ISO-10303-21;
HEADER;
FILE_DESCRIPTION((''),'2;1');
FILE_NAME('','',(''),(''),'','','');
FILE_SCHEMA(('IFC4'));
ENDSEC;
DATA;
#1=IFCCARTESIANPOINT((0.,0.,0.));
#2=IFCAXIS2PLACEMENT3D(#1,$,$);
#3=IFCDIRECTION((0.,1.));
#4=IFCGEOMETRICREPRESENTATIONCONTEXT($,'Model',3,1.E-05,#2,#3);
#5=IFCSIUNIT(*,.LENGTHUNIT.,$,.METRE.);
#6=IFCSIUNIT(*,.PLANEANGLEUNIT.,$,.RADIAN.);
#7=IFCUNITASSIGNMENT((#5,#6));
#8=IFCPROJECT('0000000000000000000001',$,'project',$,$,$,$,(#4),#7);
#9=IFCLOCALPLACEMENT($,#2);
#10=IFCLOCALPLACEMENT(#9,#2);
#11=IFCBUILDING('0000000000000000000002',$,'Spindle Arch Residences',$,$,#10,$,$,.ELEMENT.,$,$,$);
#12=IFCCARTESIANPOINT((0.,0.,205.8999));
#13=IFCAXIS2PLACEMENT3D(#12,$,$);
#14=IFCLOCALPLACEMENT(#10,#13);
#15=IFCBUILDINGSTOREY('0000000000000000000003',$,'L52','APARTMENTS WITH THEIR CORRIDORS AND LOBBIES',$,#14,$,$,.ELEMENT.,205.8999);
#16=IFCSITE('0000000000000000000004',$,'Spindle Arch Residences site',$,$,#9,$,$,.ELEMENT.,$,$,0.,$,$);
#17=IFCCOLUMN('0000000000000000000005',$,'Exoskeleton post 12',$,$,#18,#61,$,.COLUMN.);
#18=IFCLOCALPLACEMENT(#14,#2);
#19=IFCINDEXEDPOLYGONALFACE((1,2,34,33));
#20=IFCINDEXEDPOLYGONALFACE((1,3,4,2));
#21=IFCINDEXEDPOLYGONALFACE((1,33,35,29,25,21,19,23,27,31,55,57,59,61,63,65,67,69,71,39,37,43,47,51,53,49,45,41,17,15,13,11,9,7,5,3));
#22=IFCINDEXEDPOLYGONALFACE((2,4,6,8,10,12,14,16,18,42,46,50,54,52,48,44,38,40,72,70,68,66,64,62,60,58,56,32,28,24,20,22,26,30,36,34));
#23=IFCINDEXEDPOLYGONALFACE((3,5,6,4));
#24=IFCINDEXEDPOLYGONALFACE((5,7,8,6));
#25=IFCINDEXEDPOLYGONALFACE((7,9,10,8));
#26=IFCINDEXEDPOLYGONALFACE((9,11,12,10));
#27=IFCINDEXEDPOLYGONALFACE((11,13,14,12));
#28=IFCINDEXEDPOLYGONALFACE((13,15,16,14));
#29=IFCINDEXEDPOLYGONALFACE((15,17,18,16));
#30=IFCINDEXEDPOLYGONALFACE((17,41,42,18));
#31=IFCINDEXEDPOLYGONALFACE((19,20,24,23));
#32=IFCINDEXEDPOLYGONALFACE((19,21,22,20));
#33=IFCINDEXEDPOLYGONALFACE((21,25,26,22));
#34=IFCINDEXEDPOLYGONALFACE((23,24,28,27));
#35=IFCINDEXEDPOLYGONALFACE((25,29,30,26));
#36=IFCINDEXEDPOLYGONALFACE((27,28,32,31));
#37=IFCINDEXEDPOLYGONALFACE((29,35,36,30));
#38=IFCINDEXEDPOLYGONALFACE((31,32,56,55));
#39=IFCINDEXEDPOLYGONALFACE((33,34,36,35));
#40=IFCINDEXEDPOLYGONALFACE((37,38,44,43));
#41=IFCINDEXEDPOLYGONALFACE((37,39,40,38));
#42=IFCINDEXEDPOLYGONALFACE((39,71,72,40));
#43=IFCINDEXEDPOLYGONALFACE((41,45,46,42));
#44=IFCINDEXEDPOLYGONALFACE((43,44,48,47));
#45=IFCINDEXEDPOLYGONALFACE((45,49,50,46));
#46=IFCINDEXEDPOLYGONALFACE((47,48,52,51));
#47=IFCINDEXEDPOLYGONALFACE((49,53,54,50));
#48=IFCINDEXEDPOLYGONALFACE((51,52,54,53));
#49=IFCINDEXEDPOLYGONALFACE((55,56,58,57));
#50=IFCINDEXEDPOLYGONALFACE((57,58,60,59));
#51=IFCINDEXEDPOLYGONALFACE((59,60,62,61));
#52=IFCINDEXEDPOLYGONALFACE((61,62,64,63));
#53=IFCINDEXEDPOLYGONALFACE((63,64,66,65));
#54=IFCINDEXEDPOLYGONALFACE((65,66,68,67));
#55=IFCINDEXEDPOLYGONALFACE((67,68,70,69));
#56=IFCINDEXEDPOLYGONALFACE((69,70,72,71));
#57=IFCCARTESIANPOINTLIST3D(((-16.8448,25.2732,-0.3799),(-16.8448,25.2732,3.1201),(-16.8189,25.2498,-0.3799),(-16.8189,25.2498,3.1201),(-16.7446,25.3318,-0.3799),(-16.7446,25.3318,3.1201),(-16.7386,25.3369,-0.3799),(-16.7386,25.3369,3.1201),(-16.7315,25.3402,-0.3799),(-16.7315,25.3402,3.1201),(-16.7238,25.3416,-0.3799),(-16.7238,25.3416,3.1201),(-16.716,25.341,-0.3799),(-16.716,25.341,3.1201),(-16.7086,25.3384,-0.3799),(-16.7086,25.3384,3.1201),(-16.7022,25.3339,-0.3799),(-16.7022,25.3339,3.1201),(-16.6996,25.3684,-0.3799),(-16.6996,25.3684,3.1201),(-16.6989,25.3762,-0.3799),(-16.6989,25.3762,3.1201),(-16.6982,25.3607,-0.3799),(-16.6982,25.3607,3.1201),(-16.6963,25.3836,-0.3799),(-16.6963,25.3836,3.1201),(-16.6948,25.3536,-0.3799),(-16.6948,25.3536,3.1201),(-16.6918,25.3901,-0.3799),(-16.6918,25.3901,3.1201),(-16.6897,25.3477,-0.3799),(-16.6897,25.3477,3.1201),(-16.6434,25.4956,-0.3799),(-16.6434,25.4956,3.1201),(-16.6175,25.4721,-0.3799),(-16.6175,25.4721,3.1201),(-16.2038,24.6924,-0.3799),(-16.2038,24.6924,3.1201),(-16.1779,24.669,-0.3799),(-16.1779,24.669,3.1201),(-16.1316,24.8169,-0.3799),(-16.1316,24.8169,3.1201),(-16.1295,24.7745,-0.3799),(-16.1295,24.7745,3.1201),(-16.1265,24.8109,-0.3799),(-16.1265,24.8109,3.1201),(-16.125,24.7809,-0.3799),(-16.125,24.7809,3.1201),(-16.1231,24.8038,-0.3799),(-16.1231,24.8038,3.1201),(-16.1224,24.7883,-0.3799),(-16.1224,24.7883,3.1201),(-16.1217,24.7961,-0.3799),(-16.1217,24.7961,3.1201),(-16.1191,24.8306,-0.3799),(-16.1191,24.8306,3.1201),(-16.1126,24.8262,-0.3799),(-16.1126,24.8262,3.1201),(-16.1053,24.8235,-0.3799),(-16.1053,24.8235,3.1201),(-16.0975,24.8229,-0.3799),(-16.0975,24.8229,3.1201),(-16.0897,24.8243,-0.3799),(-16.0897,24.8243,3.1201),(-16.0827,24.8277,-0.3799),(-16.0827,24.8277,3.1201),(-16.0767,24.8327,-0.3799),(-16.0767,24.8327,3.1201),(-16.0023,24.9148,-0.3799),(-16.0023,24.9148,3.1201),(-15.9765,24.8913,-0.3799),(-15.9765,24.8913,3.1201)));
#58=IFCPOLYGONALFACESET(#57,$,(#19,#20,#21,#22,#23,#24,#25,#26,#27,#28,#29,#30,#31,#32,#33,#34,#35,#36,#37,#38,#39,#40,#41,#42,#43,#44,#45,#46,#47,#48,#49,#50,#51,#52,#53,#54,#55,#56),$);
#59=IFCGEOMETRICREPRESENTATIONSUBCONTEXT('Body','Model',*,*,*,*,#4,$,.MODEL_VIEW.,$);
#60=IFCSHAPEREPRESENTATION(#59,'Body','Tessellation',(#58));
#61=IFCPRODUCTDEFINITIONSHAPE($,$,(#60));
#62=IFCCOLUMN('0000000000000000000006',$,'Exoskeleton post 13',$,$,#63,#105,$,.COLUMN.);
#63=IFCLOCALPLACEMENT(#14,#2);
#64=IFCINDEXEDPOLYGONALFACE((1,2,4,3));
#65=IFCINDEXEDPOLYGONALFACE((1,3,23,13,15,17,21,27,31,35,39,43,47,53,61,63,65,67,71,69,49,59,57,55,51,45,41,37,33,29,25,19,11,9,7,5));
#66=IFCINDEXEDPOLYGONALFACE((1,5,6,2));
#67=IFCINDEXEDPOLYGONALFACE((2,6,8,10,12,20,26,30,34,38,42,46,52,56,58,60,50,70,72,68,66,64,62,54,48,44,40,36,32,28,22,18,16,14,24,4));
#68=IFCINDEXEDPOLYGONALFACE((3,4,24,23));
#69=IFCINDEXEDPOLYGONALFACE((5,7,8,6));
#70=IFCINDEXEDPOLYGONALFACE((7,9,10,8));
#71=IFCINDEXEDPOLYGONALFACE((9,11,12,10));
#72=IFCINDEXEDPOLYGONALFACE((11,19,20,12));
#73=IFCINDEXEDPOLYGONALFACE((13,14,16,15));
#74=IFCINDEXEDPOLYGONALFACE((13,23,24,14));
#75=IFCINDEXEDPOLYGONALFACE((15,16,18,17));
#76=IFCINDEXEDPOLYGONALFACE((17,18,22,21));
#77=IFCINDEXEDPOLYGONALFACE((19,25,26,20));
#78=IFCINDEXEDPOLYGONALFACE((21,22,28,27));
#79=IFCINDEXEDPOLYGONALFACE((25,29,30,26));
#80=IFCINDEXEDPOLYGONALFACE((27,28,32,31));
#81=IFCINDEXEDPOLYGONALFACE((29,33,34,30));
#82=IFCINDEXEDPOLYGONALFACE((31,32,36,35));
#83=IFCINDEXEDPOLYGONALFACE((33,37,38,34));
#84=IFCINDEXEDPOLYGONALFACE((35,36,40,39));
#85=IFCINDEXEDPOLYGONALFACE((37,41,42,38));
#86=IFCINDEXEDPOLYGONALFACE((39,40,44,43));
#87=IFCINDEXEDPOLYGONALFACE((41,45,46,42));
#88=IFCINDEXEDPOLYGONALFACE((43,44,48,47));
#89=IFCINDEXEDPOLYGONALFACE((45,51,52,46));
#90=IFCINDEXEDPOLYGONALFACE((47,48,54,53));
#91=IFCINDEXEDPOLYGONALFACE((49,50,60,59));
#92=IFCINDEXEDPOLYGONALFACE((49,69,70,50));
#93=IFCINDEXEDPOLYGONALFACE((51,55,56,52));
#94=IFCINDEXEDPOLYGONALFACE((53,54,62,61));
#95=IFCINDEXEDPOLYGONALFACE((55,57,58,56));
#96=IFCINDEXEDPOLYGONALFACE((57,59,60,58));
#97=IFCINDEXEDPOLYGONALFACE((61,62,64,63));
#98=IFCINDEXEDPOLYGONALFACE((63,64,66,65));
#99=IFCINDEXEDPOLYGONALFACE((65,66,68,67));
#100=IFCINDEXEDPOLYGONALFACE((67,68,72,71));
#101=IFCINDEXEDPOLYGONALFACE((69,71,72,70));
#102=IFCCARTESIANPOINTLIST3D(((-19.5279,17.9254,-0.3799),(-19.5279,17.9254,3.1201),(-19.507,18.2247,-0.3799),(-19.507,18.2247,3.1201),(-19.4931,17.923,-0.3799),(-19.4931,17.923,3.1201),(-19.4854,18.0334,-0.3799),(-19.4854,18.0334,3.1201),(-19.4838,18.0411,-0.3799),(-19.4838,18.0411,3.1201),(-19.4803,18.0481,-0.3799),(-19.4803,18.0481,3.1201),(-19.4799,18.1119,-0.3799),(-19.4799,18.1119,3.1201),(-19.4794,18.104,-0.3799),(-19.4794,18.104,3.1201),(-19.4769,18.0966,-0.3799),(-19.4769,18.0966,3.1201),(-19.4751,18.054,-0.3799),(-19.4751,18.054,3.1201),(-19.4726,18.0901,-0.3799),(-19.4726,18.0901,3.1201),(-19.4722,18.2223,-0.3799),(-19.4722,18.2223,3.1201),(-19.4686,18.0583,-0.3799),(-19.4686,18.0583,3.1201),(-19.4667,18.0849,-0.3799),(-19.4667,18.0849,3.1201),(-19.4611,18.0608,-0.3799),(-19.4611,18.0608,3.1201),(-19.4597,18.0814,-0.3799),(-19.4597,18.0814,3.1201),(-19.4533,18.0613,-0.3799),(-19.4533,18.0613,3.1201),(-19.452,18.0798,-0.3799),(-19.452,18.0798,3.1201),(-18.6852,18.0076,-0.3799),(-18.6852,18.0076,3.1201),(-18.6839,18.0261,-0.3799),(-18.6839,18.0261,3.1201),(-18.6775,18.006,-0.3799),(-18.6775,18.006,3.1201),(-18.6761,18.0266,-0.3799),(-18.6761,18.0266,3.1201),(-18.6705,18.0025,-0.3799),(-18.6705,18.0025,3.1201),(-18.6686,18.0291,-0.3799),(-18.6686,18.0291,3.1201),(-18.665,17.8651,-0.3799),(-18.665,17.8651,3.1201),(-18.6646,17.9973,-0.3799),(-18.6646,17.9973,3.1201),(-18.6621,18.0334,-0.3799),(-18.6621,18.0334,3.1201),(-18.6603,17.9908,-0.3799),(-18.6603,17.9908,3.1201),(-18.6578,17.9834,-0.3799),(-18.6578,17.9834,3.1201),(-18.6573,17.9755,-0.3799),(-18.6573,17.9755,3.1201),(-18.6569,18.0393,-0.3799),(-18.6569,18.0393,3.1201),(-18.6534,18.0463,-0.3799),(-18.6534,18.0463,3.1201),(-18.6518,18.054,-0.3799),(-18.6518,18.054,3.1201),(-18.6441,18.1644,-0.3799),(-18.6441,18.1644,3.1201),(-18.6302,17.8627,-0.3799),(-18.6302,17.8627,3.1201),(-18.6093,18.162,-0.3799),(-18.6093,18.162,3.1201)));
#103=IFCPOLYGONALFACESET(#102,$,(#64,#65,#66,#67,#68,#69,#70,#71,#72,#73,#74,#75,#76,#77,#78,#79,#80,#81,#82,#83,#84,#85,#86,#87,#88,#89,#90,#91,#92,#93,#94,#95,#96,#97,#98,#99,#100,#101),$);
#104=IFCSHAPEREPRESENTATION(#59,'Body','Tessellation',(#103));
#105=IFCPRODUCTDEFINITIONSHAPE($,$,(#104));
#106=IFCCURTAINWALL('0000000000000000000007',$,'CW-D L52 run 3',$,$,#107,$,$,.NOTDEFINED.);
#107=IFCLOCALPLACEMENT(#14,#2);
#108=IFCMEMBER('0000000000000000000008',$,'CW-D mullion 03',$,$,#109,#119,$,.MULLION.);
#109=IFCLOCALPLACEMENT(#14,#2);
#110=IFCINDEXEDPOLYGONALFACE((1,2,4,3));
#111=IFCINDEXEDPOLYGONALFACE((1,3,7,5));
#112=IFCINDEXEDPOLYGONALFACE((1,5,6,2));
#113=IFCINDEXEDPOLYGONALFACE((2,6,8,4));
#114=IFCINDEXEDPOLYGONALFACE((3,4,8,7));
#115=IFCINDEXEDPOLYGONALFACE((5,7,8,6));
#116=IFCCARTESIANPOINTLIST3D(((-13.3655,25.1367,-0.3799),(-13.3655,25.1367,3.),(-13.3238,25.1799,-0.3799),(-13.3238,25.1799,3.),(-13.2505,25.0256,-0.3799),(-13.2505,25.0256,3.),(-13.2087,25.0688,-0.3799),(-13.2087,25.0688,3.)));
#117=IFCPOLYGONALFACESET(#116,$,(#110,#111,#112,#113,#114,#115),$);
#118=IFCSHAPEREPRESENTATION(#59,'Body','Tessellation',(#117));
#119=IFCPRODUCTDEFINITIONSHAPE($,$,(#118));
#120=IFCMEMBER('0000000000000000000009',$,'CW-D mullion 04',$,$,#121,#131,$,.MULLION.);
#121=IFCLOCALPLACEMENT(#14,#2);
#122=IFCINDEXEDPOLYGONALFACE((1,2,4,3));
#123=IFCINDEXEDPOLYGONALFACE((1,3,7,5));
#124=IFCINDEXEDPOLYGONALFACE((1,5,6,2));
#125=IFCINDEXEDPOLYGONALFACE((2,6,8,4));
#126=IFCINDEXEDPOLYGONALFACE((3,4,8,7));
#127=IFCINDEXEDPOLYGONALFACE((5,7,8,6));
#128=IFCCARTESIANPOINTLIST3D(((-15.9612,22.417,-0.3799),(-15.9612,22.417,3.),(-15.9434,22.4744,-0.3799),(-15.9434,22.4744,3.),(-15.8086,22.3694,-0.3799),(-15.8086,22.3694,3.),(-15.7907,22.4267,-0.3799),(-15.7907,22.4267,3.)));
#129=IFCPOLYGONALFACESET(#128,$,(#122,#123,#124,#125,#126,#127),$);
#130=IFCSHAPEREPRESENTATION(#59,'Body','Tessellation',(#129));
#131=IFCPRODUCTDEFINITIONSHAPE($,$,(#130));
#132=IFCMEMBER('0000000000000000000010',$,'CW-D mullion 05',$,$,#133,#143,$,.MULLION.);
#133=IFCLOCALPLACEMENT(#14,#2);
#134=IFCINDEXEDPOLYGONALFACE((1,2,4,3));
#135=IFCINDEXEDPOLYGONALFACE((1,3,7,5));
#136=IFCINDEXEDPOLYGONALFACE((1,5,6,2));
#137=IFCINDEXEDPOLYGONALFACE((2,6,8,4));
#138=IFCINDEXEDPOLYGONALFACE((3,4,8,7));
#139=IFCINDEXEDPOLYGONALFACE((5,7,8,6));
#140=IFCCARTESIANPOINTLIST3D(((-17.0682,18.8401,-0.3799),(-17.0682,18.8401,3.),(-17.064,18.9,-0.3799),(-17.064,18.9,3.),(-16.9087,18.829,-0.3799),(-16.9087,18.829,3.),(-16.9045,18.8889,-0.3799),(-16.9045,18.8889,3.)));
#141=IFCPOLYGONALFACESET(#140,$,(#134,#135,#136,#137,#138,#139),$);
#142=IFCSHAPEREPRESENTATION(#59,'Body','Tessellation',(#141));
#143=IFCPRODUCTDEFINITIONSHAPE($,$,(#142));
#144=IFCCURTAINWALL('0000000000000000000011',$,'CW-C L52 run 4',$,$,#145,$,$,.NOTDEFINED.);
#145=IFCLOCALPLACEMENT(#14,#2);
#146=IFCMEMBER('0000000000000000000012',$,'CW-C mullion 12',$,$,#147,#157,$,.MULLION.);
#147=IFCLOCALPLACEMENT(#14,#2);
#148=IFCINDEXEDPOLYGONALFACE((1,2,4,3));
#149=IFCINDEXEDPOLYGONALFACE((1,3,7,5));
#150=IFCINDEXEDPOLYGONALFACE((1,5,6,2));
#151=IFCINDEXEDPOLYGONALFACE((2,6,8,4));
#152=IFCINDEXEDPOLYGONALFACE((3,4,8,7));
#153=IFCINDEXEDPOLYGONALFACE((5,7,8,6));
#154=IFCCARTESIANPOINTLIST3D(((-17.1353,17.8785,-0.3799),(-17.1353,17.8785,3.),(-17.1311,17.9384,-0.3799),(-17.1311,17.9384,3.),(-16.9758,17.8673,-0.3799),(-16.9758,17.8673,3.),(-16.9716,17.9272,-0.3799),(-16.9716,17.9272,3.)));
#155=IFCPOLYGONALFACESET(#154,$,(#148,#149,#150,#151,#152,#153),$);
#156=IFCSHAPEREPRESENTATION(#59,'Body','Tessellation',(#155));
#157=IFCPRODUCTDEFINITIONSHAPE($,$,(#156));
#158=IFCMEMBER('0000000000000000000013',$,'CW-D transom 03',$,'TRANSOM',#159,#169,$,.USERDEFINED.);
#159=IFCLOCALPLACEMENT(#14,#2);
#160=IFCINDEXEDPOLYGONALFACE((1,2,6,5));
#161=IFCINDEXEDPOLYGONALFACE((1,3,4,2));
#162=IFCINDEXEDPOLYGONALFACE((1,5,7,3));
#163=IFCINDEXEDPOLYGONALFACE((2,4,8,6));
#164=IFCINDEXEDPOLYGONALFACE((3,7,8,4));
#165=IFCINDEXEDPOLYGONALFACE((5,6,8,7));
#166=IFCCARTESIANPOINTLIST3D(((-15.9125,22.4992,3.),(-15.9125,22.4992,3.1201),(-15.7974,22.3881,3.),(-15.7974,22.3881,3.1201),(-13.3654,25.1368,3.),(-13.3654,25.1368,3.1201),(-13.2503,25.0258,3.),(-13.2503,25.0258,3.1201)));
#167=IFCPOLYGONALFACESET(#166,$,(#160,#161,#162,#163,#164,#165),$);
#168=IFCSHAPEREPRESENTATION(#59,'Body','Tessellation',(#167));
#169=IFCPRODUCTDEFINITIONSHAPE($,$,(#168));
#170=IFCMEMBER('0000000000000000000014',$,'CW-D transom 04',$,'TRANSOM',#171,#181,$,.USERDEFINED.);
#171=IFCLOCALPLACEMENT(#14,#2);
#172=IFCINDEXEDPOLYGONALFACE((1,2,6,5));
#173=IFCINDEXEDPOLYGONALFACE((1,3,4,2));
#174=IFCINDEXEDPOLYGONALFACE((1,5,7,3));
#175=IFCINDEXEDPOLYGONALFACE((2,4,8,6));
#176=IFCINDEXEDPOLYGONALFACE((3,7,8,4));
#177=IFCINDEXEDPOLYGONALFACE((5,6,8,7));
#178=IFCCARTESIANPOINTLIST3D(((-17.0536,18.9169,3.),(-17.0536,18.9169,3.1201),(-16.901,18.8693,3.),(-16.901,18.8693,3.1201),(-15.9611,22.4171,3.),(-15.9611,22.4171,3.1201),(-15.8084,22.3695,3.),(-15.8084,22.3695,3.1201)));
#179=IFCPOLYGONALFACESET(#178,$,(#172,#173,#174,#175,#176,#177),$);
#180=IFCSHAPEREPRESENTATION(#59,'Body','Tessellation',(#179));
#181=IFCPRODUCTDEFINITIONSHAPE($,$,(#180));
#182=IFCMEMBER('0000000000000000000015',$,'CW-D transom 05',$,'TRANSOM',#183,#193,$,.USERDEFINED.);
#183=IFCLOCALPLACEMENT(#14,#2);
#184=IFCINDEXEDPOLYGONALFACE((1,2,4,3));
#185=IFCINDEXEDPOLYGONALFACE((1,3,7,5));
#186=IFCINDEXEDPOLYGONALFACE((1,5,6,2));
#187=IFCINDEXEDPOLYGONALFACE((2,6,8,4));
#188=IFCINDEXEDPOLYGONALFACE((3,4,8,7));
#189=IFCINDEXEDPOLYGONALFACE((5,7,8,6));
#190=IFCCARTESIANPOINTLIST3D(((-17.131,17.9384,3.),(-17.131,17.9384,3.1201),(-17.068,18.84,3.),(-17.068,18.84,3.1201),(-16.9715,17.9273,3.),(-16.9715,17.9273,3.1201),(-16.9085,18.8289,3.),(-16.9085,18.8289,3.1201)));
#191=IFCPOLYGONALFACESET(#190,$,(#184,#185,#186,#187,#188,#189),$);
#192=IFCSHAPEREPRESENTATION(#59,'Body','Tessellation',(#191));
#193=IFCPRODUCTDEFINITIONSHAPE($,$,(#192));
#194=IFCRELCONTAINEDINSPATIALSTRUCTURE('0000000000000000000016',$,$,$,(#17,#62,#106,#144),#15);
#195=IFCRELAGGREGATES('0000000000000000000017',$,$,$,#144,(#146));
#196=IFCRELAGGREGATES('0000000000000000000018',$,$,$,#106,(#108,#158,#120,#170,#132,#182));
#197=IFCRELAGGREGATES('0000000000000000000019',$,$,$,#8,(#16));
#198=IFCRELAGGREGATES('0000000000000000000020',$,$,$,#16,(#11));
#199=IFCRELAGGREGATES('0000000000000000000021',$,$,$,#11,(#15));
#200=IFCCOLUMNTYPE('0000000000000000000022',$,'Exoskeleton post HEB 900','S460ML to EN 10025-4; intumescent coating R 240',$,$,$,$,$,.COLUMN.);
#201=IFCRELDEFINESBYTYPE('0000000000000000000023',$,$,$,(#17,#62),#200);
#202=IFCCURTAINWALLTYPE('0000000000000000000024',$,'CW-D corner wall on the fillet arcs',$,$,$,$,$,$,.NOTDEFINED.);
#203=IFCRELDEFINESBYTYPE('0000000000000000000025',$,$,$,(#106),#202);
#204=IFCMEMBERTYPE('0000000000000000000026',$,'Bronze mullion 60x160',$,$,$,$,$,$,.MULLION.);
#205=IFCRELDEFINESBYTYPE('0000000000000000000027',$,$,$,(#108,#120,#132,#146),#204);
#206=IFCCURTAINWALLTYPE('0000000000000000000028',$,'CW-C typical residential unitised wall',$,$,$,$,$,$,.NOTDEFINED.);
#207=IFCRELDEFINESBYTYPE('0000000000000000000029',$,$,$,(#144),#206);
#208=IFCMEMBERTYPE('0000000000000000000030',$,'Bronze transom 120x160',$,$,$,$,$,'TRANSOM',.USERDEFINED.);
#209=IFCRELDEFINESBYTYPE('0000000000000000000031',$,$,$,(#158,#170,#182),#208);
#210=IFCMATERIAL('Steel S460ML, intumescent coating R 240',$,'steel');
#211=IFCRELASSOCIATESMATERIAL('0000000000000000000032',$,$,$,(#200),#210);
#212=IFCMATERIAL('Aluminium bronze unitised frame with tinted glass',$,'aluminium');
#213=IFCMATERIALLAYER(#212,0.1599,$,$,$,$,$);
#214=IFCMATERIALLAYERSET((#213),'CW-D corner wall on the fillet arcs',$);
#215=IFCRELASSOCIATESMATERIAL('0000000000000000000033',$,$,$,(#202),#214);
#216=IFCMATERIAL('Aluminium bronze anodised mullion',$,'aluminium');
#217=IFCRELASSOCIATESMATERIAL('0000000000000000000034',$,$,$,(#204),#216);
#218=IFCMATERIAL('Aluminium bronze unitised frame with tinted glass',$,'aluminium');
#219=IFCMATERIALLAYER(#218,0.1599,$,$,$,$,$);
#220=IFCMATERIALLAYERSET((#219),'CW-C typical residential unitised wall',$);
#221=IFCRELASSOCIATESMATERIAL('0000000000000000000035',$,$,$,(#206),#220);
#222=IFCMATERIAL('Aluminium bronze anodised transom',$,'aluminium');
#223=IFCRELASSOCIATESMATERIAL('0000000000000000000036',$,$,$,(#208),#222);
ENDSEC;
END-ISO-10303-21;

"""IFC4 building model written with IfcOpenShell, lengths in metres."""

from ifc_helpers import new_model, si_unit, direction, frame, origin, origin_2d, place, context, subcontext, project, spatial, rectangle, i_section, extrude, material, layer, layer_set, material_profile, profile_set, type_object, element, aggregate, save


model = new_model("IFC4")

# Units and contexts
model_context = context("Model", 3, precision=1e-05, world=origin(), true_north=direction((0.0, 1.0)))
body_context = subcontext(model_context, "Body", "Model", "MODEL_VIEW")
ifc_project = project(units=[si_unit("LENGTHUNIT", "METRE"), si_unit("PLANEANGLEUNIT", "RADIAN")], contexts=[model_context])

# Site, building, storey
site_placement = place(None, origin())
site = spatial("IfcSite", under=ifc_project, at=site_placement, Name="Spindle Arch Residences site", CompositionType="ELEMENT", RefElevation=0.0)
building_placement = place(site_placement, origin())
building = spatial("IfcBuilding", under=site, at=building_placement, Name="Spindle Arch Residences", CompositionType="ELEMENT")
storey_placement = place(building_placement, frame((0.0, 0.0, 205.8999)))
storey = spatial("IfcBuildingStorey", under=building, at=storey_placement, Name="L52", Description="APARTMENTS WITH THEIR CORRIDORS AND LOBBIES", CompositionType="ELEMENT", Elevation=205.8999)

# Columns
ifc_material_1 = material(Name="Steel S460ML, intumescent coating R 240", Category="steel")
ifc_material_profile_1 = material_profile(ifc_material_1, i_section(OverallWidth=0.3, OverallDepth=0.8999, WebThickness=0.0186, FlangeThickness=0.0349, FilletRadius=0.03, at=origin_2d()), Name="HEB 900")
ifc_profile_set_1 = profile_set([ifc_material_profile_1], Name="Steel S460ML, intumescent coating R 240")
column_type = type_object("IfcColumnType", Name="Exoskeleton post HEB 900", Description="S460ML to EN 10025-4; intumescent coating R 240", PredefinedType="COLUMN", material=ifc_profile_set_1)
for number, where, z_axis, x_axis, name in (
    (1, (-16.4106, 25.0823, -0.3799), (0.0, 0.0, 1.0), (0.671428, 0.74107, 0.0), "Exoskeleton post 12"),
    (2, (-19.0686, 18.0437, -0.3799), (0.0, 0.0, 1.0), (0.069756, 0.997564, 0.0), "Exoskeleton post 13"),
):
    element("IfcColumn", number, at=place(storey_placement, frame(where, z_axis=z_axis, x_axis=x_axis)), inside=storey, type_object=column_type, Name=name, PredefinedType="COLUMN", context=body_context, shape_type="SweptSolid", body=[
        extrude(i_section(OverallWidth=0.3, OverallDepth=0.8999, WebThickness=0.0186, FlangeThickness=0.0349, FilletRadius=0.03, at=origin_2d()), origin(), (0.0, 0.0, 1.0), 3.5),
    ])

# Curtain wall, members
ifc_material_2 = material(Name="Aluminium bronze unitised frame with tinted glass", Category="aluminium")
ifc_layer_1 = layer(ifc_material_2, 0.1599)
ifc_layer_set_1 = layer_set([ifc_layer_1], Name="CW-D corner wall on the fillet arcs")
curtain_wall_type_1 = type_object("IfcCurtainWallType", Name="CW-D corner wall on the fillet arcs", PredefinedType="NOTDEFINED", material=ifc_layer_set_1)
curtain_wall_1_placement = place(storey_placement, origin())
curtain_wall_1 = element("IfcCurtainWall", 3, at=curtain_wall_1_placement, inside=storey, type_object=curtain_wall_type_1, Name="CW-D L52 run 3", PredefinedType="NOTDEFINED")
ifc_material_3 = material(Name="Aluminium bronze anodised mullion", Category="aluminium")
ifc_material_profile_2 = material_profile(ifc_material_3, rectangle(XDim=0.1599, YDim=0.0601, at=origin_2d()), Name="MU 60x160")
ifc_profile_set_2 = profile_set([ifc_material_profile_2], Name="Aluminium bronze anodised mullion")
member_type_1 = type_object("IfcMemberType", Name="Bronze mullion 60x160", PredefinedType="MULLION", material=ifc_profile_set_2)
member_1_placement = place(storey_placement, frame((-13.2871, 25.1028, -0.3799), z_axis=(0.0, 0.0, 1.0), x_axis=(0.71934, -0.694658, 0.0)))
member_1 = element("IfcMember", 4, at=member_1_placement, type_object=member_type_1, Name="CW-D mullion 03", PredefinedType="MULLION", context=body_context, shape_type="SweptSolid", body=[
    extrude(rectangle(XDim=0.1599, YDim=0.0601, at=origin_2d()), origin(), (0.0, 0.0, 1.0), 3.3799),
])
member_2_placement = place(storey_placement, frame((-15.876, 22.4219, -0.3799), z_axis=(0.0, 0.0, 1.0), x_axis=(0.954588, -0.29793, 0.0)))
member_2 = element("IfcMember", 5, at=member_2_placement, type_object=member_type_1, Name="CW-D mullion 04", PredefinedType="MULLION", context=body_context, shape_type="SweptSolid", body=[
    extrude(rectangle(XDim=0.1599, YDim=0.0601, at=origin_2d()), origin(), (0.0, 0.0, 1.0), 3.3799),
])
member_3_placement = place(storey_placement, frame((-16.9863, 18.8645, -0.3799), z_axis=(0.0, 0.0, 1.0), x_axis=(0.997564, -0.069756, 0.0)))
member_3 = element("IfcMember", 6, at=member_3_placement, type_object=member_type_1, Name="CW-D mullion 05", PredefinedType="MULLION", context=body_context, shape_type="SweptSolid", body=[
    extrude(rectangle(XDim=0.1599, YDim=0.0601, at=origin_2d()), origin(), (0.0, 0.0, 1.0), 3.3799),
])

# Curtain wall, member
ifc_material_4 = material(Name="Aluminium bronze unitised frame with tinted glass", Category="aluminium")
ifc_layer_2 = layer(ifc_material_4, 0.1599)
ifc_layer_set_2 = layer_set([ifc_layer_2], Name="CW-C typical residential unitised wall")
curtain_wall_type_2 = type_object("IfcCurtainWallType", Name="CW-C typical residential unitised wall", PredefinedType="NOTDEFINED", material=ifc_layer_set_2)
curtain_wall_2_placement = place(storey_placement, origin())
curtain_wall_2 = element("IfcCurtainWall", 7, at=curtain_wall_2_placement, inside=storey, type_object=curtain_wall_type_2, Name="CW-C L52 run 4", PredefinedType="NOTDEFINED")
member_4_placement = place(storey_placement, frame((-17.0535, 17.9028, -0.3799), z_axis=(0.0, 0.0, 1.0), x_axis=(0.997564, -0.069756, 0.0)))
member_4 = element("IfcMember", 8, at=member_4_placement, type_object=member_type_1, Name="CW-C mullion 12", PredefinedType="MULLION", context=body_context, shape_type="SweptSolid", body=[
    extrude(rectangle(XDim=0.1599, YDim=0.0601, at=origin_2d()), origin(), (0.0, 0.0, 1.0), 3.3799),
])
aggregate(curtain_wall_2, [member_4])

# Members
ifc_material_5 = material(Name="Aluminium bronze anodised transom", Category="aluminium")
ifc_material_profile_3 = material_profile(ifc_material_5, rectangle(XDim=0.1599, YDim=0.1201, at=origin_2d()), Name="TR 120x160")
ifc_profile_set_3 = profile_set([ifc_material_profile_3], Name="Aluminium bronze anodised transom")
member_type_2 = type_object("IfcMemberType", Name="Bronze transom 120x160", ElementType="TRANSOM", PredefinedType="USERDEFINED", material=ifc_profile_set_3)
member_5_placement = place(storey_placement, frame((-13.3079, 25.0813, 3.0601), z_axis=(-0.694648, -0.71935, 0.0), x_axis=(0.71935, -0.694648, 0.0)))
member_5 = element("IfcMember", 9, at=member_5_placement, type_object=member_type_2, Name="CW-D transom 03", ObjectType="TRANSOM", PredefinedType="USERDEFINED", context=body_context, shape_type="SweptSolid", body=[
    extrude(rectangle(XDim=0.1599, YDim=0.1201, at=origin_2d()), origin(), (0.0, 0.0, 1.0), 3.6667),
])
member_6_placement = place(storey_placement, frame((-15.8848, 22.3933, 3.0601), z_axis=(-0.297953, -0.954581, 0.0), x_axis=(0.954581, -0.297953, 0.0)))
member_6 = element("IfcMember", 10, at=member_6_placement, type_object=member_type_2, Name="CW-D transom 04", ObjectType="TRANSOM", PredefinedType="USERDEFINED", context=body_context, shape_type="SweptSolid", body=[
    extrude(rectangle(XDim=0.1599, YDim=0.1201, at=origin_2d()), origin(), (0.0, 0.0, 1.0), 3.6667),
])
member_7_placement = place(storey_placement, frame((-16.9883, 18.8345, 3.0601), z_axis=(-0.069692, -0.997569, 0.0), x_axis=(0.997569, -0.069692, 0.0)))
member_7 = element("IfcMember", 11, at=member_7_placement, type_object=member_type_2, Name="CW-D transom 05", ObjectType="TRANSOM", PredefinedType="USERDEFINED", context=body_context, shape_type="SweptSolid", body=[
    extrude(rectangle(XDim=0.1599, YDim=0.1201, at=origin_2d()), origin(), (0.0, 0.0, 1.0), 0.9038),
])

aggregate(curtain_wall_1, [member_1, member_5, member_2, member_6, member_3, member_7])

save(model, "model.ifc")
